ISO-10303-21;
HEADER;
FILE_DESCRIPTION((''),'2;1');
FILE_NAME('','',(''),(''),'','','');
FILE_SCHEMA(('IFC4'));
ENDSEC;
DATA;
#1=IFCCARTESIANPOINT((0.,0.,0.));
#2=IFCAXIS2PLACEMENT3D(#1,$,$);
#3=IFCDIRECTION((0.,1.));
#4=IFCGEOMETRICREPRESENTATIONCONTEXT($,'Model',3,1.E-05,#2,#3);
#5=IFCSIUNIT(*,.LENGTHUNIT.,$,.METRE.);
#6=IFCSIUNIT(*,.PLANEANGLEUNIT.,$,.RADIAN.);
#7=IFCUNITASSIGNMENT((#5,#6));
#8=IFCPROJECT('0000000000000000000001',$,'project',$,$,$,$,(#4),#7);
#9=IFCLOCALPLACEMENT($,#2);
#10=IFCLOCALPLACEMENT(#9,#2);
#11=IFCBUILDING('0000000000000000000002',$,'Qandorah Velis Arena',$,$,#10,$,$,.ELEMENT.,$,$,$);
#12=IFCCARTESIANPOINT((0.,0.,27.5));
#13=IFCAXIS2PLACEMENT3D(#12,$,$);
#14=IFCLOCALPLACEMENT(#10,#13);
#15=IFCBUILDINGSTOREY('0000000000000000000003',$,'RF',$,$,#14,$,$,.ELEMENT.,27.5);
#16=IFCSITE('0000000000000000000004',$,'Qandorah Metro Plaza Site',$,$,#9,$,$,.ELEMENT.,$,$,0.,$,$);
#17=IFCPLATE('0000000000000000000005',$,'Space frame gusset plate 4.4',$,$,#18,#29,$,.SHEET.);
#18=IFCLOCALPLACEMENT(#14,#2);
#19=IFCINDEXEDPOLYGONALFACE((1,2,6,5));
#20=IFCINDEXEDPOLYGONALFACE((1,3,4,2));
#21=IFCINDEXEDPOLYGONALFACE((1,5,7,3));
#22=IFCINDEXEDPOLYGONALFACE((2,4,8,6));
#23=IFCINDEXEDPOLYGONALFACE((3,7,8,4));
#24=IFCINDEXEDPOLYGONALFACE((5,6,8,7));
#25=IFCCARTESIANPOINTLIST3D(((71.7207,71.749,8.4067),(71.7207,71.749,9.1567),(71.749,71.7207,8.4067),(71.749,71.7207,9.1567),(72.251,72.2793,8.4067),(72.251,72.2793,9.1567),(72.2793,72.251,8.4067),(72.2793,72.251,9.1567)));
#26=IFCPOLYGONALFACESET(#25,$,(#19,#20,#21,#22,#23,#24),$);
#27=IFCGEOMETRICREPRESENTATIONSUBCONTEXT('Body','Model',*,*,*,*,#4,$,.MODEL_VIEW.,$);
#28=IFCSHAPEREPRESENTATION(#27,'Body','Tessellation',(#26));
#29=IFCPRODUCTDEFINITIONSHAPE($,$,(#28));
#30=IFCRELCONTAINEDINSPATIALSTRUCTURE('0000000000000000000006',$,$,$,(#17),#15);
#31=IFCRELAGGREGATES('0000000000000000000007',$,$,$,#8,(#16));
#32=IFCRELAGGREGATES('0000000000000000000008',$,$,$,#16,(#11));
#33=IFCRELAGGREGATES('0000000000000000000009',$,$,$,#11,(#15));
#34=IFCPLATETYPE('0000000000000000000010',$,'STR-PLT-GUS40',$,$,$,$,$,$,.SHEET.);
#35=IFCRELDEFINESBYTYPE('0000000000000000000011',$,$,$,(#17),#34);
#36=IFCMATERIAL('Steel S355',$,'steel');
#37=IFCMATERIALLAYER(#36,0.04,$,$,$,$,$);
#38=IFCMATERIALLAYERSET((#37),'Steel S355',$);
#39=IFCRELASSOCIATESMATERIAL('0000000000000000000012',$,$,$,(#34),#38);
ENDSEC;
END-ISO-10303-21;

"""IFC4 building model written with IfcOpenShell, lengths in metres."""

from ifc_helpers import new_model, si_unit, direction, frame, origin, origin_2d, place, context, subcontext, project, spatial, rectangle, extrude, material, layer, layer_set, type_object, element, save


model = new_model("IFC4")

# Units and contexts
model_context = context("Model", 3, precision=1e-05, world=origin(), true_north=direction((0.0, 1.0)))
body_context = subcontext(model_context, "Body", "Model", "MODEL_VIEW")
ifc_project = project(units=[si_unit("LENGTHUNIT", "METRE"), si_unit("PLANEANGLEUNIT", "RADIAN")], contexts=[model_context])

# Site, building, storey
site_placement = place(None, origin())
site = spatial("IfcSite", under=ifc_project, at=site_placement, Name="Qandorah Metro Plaza Site", CompositionType="ELEMENT", RefElevation=0.0)
building_placement = place(site_placement, origin())
building = spatial("IfcBuilding", under=site, at=building_placement, Name="Qandorah Velis Arena", CompositionType="ELEMENT")
storey_placement = place(building_placement, frame((0.0, 0.0, 27.5)))
storey = spatial("IfcBuildingStorey", under=building, at=storey_placement, Name="RF", CompositionType="ELEMENT", Elevation=27.5)

# Shared definitions
ifc_material_1 = material(Name="Steel S355", Category="steel")

# Plate
ifc_layer_1 = layer(ifc_material_1, 0.04)
ifc_layer_set_1 = layer_set([ifc_layer_1], Name="Steel S355")
plate_type_1 = type_object("IfcPlateType", Name="STR-PLT-GUS40", PredefinedType="SHEET", material=ifc_layer_set_1)
plate_1_placement = place(storey_placement, frame((72.0, 72.0, 8.4067), z_axis=(0.0, 0.0, 1.0), x_axis=(0.707107, 0.707107, 0.0)))
element("IfcPlate", 1, at=plate_1_placement, inside=storey, type_object=plate_type_1, Name="Space frame gusset plate 4.4", PredefinedType="SHEET", context=body_context, shape_type="SweptSolid", body=[
    extrude(rectangle(XDim=0.75, YDim=0.04, at=origin_2d()), origin(), (0.0, 0.0, 1.0), 0.75),
])

save(model, "model.ifc")
